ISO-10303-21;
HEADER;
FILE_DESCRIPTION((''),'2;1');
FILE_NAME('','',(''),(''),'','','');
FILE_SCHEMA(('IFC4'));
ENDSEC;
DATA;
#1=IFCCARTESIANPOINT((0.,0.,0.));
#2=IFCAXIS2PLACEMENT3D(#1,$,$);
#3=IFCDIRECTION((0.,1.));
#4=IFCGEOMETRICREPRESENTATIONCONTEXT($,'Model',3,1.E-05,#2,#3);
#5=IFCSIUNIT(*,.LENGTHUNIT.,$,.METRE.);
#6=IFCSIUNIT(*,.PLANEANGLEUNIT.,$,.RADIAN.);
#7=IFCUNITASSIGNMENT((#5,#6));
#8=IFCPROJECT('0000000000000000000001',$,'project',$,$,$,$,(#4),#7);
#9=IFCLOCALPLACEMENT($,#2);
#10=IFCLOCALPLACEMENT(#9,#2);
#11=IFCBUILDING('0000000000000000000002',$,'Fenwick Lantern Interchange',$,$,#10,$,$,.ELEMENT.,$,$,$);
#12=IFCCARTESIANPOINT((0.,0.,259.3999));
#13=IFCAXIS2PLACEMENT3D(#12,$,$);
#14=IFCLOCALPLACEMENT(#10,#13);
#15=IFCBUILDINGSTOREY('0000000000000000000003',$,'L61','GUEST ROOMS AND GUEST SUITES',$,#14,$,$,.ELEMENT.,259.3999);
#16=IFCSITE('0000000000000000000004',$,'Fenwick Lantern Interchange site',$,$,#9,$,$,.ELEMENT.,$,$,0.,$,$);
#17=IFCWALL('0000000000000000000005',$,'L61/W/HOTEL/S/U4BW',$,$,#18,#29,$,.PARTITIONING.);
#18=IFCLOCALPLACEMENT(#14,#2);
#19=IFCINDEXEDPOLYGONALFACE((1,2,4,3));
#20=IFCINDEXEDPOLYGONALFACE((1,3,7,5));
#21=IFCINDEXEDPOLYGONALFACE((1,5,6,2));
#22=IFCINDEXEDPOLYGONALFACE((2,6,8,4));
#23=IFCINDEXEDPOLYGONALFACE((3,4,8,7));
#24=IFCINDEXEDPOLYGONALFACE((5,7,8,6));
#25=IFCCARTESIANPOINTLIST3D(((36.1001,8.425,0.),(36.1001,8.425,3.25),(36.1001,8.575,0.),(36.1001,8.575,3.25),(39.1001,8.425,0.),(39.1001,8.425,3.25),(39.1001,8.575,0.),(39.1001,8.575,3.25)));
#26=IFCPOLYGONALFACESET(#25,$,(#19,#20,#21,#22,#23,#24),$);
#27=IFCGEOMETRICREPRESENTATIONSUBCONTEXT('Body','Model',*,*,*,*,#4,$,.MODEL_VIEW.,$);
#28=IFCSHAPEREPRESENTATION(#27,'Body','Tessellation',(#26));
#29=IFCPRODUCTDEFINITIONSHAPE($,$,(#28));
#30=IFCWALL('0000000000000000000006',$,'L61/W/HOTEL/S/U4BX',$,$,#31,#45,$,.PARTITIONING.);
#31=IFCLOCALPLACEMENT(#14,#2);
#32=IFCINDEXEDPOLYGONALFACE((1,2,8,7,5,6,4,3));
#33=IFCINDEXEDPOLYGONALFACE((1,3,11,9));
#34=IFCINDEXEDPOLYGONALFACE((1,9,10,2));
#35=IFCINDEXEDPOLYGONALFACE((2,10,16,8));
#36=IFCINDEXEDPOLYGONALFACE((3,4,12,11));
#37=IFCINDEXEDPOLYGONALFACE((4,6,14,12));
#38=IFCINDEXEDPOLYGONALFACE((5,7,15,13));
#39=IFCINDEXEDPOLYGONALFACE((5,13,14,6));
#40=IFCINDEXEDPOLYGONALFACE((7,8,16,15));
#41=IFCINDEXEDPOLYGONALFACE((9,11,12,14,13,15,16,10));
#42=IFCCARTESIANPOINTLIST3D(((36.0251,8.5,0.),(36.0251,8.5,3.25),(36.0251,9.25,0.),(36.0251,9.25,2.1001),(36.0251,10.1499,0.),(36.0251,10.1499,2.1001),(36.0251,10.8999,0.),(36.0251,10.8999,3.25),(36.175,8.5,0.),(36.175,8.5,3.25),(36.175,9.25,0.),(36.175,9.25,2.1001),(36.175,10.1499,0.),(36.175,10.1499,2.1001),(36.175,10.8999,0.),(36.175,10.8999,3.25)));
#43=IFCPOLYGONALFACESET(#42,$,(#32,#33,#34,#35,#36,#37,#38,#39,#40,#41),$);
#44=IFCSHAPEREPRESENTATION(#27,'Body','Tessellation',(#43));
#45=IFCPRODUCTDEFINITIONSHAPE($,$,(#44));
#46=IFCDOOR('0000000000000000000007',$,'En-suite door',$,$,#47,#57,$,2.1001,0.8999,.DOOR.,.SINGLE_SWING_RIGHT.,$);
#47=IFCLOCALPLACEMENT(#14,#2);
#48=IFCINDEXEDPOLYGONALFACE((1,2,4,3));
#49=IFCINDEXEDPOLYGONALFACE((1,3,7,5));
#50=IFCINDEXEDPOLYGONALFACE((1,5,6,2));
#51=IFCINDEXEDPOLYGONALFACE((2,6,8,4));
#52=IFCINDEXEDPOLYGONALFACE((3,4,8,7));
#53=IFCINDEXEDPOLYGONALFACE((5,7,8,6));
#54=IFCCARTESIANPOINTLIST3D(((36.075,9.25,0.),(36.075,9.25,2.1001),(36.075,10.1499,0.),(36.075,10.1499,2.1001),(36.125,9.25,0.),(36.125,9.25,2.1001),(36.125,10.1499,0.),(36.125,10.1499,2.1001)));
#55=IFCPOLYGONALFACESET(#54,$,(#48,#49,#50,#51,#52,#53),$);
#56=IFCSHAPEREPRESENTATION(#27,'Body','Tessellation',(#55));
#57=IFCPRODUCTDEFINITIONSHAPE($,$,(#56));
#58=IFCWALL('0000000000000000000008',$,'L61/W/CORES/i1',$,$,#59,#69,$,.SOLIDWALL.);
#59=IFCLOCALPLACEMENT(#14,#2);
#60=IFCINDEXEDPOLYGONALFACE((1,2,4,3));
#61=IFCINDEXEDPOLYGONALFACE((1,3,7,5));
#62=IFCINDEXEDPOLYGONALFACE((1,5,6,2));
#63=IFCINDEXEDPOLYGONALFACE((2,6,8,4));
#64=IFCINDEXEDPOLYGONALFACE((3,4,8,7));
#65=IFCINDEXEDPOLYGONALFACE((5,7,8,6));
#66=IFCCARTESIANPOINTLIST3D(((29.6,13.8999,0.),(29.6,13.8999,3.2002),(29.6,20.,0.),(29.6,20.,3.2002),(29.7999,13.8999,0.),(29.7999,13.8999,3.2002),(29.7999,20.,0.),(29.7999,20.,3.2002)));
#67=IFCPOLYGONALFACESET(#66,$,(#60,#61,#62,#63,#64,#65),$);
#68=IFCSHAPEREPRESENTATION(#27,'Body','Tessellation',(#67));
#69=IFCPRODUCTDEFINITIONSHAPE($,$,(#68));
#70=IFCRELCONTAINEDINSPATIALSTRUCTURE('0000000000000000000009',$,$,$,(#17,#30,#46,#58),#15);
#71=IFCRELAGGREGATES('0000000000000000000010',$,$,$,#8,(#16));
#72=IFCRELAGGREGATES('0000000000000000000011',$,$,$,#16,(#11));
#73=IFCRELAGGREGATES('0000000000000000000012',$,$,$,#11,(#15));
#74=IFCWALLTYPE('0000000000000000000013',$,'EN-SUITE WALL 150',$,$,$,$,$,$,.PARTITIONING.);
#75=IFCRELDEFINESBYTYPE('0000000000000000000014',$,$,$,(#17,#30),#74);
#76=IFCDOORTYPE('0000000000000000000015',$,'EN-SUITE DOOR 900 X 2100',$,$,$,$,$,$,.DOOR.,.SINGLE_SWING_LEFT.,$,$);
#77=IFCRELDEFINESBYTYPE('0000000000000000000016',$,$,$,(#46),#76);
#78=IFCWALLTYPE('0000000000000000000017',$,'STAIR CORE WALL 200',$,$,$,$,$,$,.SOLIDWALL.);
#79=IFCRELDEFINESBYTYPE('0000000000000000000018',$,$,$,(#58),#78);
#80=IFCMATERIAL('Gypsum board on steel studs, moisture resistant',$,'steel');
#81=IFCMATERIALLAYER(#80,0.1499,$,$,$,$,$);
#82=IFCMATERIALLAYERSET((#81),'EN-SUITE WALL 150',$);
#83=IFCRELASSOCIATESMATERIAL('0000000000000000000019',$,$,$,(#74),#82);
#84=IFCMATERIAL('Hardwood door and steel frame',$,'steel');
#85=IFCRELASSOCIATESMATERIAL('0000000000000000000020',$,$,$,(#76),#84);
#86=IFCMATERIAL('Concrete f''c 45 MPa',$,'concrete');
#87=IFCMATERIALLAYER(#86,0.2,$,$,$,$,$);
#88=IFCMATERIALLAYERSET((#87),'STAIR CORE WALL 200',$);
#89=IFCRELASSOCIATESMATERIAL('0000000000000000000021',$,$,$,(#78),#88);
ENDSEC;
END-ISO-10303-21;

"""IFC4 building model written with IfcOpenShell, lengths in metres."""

from ifc_helpers import new_model, si_unit, direction, frame, frame_2d, origin, place, context, subcontext, project, spatial, rectangle, extrude, material, layer, layer_set, type_object, element, fill, save


model = new_model("IFC4")

# Units and contexts
model_context = context("Model", 3, precision=1e-05, world=origin(), true_north=direction((0.0, 1.0)))
body_context = subcontext(model_context, "Body", "Model", "MODEL_VIEW")
ifc_project = project(units=[si_unit("LENGTHUNIT", "METRE"), si_unit("PLANEANGLEUNIT", "RADIAN")], contexts=[model_context])

# Site, building, storey
site_placement = place(None, origin())
site = spatial("IfcSite", under=ifc_project, at=site_placement, Name="Fenwick Lantern Interchange site", CompositionType="ELEMENT", RefElevation=0.0)
building_placement = place(site_placement, origin())
building = spatial("IfcBuilding", under=site, at=building_placement, Name="Fenwick Lantern Interchange", CompositionType="ELEMENT")
storey_placement = place(building_placement, frame((0.0, 0.0, 259.3999)))
storey = spatial("IfcBuildingStorey", under=building, at=storey_placement, Name="L61", Description="GUEST ROOMS AND GUEST SUITES", CompositionType="ELEMENT", Elevation=259.3999)

# Shared definitions
ifc_material_1 = material(Name="Hardwood door and steel frame", Category="steel")

# Shared definitions
ifc_material_2 = material(Name="Gypsum board on steel studs, moisture resistant", Category="steel")
ifc_layer_1 = layer(ifc_material_2, 0.1499)
ifc_layer_set_1 = layer_set([ifc_layer_1], Name="EN-SUITE WALL 150")
wall_type_1 = type_object("IfcWallType", Name="EN-SUITE WALL 150", PredefinedType="PARTITIONING", material=ifc_layer_set_1)

# Wall
wall_1_placement = place(storey_placement, frame((36.1001, 8.5, 0.0), z_axis=(0.0, 0.0, 1.0), x_axis=(1.0, 0.0, 0.0)))
element("IfcWall", 1, at=wall_1_placement, inside=storey, type_object=wall_type_1, Name="L61/W/HOTEL/S/U4BW", PredefinedType="PARTITIONING", context=body_context, shape_type="SweptSolid", body=[
    extrude(rectangle(XDim=3.0, YDim=0.1499, at=frame_2d((1.5, 0.0))), origin(), (0.0, 0.0, 1.0), 3.25),
])

# Wall, opening, door
wall_2_placement = place(storey_placement, frame((36.1001, 8.5, 0.0), z_axis=(0.0, 0.0, 1.0), x_axis=(0.0, 1.0, 0.0)))
wall_2 = element("IfcWall", 2, at=wall_2_placement, inside=storey, type_object=wall_type_1, Name="L61/W/HOTEL/S/U4BX", PredefinedType="PARTITIONING", context=body_context, shape_type="SweptSolid", body=[
    extrude(rectangle(XDim=2.3999, YDim=0.1499, at=frame_2d((1.2, 0.0))), origin(), (0.0, 0.0, 1.0), 3.25),
])
opening_1_placement = place(wall_2_placement, frame((0.75, 0.0, 0.0)))
opening_1 = element("IfcOpeningElement", 3, at=opening_1_placement, cuts=wall_2, PredefinedType="OPENING", context=body_context, shape_type="SweptSolid", body=[
    extrude(rectangle(XDim=0.8999, YDim=2.1001, at=frame_2d((0.45, 1.05))), frame((0.0, 0.085, 0.0), z_axis=(0.0, -1.0, 0.0), x_axis=(1.0, 0.0, 0.0)), (0.0, 0.0, 1.0), 0.1699),
])
door_type_1 = type_object("IfcDoorType", Name="EN-SUITE DOOR 900 X 2100", OperationType="SINGLE_SWING_LEFT", PredefinedType="DOOR", material=ifc_material_1)
door_1_placement = place(opening_1_placement, frame((0.8999, 0.0, 0.0), z_axis=(0.0, 0.0, 1.0), x_axis=(-1.0, 0.0, 0.0)))
door_1 = element("IfcDoor", 4, at=door_1_placement, inside=storey, type_object=door_type_1, Name="En-suite door", OperationType="SINGLE_SWING_RIGHT", OverallHeight=2.1001, OverallWidth=0.8999, PredefinedType="DOOR", context=body_context, shape_type="SweptSolid", body=[
    extrude(rectangle(XDim=0.8999, YDim=2.1001, at=frame_2d((0.45, 1.05))), frame((0.0, 0.0249, 0.0), z_axis=(0.0, -1.0, 0.0), x_axis=(1.0, 0.0, 0.0)), (0.0, 0.0, 1.0), 0.05),
])
fill(opening_1, door_1)

# Wall
ifc_material_3 = material(Name="Concrete f'c 45 MPa", Category="concrete")
ifc_layer_2 = layer(ifc_material_3, 0.2)
ifc_layer_set_2 = layer_set([ifc_layer_2], Name="STAIR CORE WALL 200")
wall_type_2 = type_object("IfcWallType", Name="STAIR CORE WALL 200", PredefinedType="SOLIDWALL", material=ifc_layer_set_2)
wall_3_placement = place(storey_placement, frame((29.7, 13.8999, 0.0), z_axis=(0.0, 0.0, 1.0), x_axis=(0.0, 1.0, 0.0)))
element("IfcWall", 5, at=wall_3_placement, inside=storey, type_object=wall_type_2, Name="L61/W/CORES/i1", PredefinedType="SOLIDWALL", context=body_context, shape_type="SweptSolid", body=[
    extrude(rectangle(XDim=6.1001, YDim=0.2, at=frame_2d((3.05, 0.0))), origin(), (0.0, 0.0, 1.0), 3.2002),
])

save(model, "model.ifc")
